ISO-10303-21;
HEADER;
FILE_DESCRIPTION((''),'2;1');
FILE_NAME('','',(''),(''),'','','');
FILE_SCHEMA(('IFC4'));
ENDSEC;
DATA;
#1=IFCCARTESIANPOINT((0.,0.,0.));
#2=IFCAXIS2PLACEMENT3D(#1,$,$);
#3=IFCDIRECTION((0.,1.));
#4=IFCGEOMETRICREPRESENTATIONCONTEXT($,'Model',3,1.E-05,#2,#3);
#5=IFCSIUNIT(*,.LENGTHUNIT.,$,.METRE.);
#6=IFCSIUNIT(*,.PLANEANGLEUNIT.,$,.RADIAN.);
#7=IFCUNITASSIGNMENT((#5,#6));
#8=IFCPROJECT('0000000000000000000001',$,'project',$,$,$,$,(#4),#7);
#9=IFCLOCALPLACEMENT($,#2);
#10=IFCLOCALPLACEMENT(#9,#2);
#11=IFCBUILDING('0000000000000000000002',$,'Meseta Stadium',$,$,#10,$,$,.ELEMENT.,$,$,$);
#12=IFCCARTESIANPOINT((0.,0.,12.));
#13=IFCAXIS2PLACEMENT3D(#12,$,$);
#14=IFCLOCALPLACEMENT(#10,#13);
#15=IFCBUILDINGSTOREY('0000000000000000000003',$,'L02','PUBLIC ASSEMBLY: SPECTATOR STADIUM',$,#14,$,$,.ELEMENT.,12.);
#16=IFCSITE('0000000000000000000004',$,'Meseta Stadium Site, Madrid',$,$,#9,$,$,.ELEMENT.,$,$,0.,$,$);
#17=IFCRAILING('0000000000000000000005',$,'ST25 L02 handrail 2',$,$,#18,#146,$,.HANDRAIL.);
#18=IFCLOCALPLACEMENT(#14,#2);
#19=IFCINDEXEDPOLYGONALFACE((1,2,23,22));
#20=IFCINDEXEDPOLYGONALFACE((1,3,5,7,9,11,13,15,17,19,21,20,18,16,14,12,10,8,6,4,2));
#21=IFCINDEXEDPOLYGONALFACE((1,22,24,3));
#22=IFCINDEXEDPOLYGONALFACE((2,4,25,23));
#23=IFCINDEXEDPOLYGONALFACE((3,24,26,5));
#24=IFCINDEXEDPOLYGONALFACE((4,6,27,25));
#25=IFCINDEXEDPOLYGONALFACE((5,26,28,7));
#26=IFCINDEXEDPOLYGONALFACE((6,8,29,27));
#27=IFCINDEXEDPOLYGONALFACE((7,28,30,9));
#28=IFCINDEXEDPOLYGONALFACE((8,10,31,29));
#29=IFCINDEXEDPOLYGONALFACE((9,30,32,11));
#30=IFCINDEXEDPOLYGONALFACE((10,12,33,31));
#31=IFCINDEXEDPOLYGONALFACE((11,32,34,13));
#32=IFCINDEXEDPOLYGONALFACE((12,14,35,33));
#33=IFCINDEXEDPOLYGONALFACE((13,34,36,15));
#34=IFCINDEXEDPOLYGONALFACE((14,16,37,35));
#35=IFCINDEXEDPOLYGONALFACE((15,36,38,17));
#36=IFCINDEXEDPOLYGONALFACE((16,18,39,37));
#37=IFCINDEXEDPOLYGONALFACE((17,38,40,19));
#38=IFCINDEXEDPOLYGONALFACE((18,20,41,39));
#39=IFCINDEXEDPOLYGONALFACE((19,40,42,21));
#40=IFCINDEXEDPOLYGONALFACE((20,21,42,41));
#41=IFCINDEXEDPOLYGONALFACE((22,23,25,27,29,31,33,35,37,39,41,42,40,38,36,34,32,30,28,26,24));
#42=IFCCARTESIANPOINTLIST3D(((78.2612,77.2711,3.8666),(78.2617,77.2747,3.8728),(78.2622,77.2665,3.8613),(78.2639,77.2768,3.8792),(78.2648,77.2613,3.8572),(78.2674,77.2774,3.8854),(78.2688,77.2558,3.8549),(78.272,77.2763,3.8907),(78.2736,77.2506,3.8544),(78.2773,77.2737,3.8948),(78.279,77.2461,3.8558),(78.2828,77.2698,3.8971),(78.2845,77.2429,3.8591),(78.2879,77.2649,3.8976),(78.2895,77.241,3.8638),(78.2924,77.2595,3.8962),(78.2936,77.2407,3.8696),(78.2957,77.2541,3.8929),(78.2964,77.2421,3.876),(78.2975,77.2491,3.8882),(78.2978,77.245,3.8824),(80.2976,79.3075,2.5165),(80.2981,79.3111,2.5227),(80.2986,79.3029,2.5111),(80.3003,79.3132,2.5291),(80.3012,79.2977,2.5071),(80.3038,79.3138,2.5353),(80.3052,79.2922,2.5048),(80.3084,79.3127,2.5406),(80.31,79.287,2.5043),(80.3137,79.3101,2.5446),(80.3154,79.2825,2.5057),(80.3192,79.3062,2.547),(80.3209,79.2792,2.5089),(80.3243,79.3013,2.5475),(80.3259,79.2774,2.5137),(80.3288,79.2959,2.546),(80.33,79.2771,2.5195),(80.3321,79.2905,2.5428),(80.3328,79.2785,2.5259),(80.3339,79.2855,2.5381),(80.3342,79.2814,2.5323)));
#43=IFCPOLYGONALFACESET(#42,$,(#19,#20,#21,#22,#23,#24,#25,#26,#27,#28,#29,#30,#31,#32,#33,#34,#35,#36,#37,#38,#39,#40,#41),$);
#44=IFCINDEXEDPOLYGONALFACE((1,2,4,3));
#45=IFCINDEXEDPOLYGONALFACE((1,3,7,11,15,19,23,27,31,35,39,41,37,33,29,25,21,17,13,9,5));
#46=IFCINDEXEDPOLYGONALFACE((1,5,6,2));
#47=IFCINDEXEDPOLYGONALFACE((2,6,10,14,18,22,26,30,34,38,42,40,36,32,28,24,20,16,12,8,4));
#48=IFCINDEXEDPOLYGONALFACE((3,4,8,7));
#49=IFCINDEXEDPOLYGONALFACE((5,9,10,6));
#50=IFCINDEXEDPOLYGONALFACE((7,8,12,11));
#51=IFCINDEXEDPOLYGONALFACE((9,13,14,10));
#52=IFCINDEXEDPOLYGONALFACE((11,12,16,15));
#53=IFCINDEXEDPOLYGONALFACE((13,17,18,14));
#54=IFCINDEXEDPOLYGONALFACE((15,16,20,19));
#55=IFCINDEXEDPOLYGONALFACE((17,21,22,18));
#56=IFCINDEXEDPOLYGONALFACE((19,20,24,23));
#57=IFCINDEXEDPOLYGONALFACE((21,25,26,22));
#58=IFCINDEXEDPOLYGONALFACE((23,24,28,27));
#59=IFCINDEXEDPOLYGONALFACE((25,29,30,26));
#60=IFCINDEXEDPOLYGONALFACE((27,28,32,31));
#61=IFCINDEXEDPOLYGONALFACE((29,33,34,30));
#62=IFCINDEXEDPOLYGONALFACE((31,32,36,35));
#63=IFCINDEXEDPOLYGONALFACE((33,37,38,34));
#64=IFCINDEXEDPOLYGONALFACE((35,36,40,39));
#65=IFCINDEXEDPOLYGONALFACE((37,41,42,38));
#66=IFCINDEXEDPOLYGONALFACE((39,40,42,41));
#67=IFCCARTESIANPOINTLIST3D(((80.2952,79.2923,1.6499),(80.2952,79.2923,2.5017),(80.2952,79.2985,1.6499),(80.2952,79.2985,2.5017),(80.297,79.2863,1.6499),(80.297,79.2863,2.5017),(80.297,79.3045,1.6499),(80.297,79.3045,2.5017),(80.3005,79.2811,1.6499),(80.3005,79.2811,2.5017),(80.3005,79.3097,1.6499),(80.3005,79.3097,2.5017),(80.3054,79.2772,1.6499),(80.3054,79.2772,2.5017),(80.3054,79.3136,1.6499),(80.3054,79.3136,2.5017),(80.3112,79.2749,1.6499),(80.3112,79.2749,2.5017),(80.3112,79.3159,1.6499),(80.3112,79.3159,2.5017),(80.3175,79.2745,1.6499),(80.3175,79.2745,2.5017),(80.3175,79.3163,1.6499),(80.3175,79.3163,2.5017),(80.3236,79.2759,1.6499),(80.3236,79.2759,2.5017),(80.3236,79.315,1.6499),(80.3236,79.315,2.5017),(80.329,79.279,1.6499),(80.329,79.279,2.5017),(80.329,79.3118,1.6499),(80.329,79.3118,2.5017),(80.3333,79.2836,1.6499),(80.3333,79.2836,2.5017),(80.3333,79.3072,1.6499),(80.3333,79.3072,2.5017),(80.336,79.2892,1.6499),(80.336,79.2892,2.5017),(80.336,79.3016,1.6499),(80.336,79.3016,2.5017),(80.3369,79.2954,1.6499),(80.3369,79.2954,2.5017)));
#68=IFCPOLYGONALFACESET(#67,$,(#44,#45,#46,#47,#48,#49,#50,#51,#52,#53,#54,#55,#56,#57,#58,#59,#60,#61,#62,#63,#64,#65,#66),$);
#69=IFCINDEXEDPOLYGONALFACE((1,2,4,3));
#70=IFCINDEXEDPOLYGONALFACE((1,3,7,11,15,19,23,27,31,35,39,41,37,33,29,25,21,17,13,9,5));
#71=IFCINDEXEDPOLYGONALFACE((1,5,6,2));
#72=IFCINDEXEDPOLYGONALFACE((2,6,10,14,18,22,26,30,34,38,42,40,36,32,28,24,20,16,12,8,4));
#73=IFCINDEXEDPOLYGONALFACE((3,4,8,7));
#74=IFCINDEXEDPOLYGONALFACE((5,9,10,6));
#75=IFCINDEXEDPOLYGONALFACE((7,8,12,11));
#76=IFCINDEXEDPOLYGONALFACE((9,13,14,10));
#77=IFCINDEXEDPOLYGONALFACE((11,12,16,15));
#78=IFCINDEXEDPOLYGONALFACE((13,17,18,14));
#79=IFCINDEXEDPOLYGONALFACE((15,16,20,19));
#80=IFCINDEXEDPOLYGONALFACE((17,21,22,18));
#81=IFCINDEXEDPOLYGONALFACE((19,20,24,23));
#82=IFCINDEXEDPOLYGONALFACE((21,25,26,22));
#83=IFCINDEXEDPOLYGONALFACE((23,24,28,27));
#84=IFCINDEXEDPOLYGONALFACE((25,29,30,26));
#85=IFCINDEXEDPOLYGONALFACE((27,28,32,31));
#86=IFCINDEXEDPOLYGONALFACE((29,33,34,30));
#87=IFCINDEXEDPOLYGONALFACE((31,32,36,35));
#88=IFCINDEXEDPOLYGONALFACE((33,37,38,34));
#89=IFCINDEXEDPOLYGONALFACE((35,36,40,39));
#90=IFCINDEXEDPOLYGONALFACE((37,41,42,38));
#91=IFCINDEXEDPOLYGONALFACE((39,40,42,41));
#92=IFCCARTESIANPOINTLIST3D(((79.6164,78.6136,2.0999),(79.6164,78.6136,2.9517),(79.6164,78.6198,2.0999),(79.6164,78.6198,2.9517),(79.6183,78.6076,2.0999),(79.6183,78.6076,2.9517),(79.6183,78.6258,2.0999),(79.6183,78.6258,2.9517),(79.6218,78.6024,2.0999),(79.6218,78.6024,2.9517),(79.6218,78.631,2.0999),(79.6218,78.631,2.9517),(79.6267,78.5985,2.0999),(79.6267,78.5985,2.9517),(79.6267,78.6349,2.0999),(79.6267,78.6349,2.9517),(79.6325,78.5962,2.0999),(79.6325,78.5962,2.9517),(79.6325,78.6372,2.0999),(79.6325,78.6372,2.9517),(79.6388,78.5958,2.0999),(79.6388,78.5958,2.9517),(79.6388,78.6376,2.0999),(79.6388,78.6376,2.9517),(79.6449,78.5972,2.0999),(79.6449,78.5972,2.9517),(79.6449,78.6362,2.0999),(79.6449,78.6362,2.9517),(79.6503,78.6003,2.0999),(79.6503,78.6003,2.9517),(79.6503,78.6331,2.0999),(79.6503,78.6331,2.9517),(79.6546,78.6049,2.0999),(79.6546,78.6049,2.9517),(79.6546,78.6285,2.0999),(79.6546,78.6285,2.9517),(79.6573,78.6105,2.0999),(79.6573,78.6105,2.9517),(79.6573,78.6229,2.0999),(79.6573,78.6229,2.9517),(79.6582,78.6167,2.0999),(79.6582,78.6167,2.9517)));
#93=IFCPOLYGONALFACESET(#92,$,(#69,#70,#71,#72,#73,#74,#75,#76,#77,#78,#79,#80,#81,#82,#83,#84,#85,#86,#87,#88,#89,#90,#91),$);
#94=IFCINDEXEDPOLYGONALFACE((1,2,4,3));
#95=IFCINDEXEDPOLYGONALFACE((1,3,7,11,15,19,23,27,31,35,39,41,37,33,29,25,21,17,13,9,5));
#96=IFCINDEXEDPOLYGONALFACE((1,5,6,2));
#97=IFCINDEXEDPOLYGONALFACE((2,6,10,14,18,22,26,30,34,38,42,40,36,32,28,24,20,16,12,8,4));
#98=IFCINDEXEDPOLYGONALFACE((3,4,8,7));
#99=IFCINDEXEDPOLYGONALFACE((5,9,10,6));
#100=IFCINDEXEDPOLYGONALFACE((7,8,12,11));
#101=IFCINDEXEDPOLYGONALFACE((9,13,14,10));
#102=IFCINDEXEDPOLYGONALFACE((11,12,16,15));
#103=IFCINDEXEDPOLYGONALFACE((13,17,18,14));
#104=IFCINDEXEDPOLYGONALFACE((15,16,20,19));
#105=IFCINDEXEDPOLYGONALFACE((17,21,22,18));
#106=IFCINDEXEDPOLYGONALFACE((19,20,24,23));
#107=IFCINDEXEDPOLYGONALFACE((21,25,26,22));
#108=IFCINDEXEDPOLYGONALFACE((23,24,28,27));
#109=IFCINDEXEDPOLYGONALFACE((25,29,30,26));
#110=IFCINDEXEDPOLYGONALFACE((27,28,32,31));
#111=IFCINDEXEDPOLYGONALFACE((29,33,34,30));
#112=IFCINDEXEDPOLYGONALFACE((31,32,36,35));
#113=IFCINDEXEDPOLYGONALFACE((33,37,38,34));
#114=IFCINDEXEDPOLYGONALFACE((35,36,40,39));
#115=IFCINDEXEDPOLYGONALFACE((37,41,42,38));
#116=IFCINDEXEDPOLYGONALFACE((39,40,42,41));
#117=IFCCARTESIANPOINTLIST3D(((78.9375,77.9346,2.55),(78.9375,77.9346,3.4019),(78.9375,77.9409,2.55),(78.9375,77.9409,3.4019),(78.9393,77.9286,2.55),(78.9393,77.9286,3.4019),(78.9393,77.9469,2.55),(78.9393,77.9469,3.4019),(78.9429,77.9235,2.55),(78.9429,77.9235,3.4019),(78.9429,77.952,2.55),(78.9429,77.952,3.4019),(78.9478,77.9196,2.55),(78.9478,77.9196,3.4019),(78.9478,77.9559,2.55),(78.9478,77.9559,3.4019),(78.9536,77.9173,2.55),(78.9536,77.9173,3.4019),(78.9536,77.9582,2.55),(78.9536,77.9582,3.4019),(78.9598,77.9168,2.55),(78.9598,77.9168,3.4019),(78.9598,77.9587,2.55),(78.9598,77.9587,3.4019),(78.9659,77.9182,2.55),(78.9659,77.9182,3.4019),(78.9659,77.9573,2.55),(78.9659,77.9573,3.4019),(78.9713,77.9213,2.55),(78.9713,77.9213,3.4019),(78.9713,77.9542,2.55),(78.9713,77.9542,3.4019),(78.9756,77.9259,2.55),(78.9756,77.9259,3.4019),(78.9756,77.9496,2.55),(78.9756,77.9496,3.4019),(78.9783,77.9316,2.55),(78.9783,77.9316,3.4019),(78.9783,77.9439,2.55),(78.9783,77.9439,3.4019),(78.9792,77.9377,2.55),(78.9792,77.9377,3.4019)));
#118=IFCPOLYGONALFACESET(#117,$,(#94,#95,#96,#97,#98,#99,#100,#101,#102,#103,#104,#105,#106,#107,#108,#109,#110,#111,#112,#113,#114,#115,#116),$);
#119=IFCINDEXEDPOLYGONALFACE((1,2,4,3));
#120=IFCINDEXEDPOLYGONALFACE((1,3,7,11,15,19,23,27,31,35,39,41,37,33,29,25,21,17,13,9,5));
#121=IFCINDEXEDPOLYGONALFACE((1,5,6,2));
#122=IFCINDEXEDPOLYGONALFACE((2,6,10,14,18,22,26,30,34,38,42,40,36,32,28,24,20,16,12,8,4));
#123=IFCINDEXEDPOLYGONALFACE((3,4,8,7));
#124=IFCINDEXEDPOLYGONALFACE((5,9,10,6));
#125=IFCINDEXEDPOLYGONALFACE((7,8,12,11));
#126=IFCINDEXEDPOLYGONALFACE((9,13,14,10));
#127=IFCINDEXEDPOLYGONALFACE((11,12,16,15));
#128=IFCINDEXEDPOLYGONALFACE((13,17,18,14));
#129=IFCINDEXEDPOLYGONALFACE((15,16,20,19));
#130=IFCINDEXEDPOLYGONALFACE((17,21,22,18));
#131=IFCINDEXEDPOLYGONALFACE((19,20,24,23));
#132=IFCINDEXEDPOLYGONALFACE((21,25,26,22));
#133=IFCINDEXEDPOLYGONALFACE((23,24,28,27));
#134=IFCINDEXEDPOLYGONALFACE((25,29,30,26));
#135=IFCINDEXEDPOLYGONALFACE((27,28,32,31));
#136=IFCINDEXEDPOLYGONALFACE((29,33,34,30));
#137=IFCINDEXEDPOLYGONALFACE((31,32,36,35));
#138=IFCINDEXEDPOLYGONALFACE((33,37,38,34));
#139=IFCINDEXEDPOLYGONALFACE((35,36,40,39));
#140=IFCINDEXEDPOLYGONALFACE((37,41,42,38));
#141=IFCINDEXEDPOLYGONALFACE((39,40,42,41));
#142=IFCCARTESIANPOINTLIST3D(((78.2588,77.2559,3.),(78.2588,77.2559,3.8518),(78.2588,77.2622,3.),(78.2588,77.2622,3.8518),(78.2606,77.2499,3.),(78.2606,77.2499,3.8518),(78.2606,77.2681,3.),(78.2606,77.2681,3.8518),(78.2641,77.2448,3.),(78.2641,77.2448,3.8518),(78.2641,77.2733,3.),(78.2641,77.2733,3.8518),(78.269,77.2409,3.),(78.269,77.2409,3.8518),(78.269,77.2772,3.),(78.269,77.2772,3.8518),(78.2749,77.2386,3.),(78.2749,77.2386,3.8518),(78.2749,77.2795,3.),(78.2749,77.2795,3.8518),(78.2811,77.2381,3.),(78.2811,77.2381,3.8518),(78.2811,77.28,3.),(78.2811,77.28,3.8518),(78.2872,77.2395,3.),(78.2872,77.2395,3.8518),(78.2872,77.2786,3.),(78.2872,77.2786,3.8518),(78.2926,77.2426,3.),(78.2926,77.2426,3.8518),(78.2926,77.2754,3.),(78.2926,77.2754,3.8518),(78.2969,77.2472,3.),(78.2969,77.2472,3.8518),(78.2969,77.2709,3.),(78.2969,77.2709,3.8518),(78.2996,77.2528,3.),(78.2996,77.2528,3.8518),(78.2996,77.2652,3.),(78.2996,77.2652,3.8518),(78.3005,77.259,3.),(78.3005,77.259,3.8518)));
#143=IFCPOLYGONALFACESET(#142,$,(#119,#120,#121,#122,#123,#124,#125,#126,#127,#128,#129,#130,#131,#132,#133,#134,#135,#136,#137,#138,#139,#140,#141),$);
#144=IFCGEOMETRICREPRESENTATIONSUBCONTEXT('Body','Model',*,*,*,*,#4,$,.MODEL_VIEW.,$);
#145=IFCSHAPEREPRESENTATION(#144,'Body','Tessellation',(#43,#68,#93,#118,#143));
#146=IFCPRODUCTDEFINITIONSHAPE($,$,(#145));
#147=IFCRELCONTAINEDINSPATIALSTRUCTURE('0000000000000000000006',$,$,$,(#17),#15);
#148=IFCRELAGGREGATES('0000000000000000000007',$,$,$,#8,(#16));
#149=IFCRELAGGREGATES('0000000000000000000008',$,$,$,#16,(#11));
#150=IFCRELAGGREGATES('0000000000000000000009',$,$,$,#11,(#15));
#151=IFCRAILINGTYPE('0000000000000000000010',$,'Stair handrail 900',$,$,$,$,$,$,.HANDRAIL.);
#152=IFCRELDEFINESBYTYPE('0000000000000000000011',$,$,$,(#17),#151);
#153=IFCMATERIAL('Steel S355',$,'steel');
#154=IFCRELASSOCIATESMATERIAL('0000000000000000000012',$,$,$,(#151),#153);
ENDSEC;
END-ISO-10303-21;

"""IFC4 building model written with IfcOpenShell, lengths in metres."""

from ifc_helpers import new_model, si_unit, direction, frame, origin, origin_2d, place, context, subcontext, project, spatial, circle, extrude, material, type_object, element, save


model = new_model("IFC4")

# Units and contexts
model_context = context("Model", 3, precision=1e-05, world=origin(), true_north=direction((0.0, 1.0)))
body_context = subcontext(model_context, "Body", "Model", "MODEL_VIEW")
ifc_project = project(units=[si_unit("LENGTHUNIT", "METRE"), si_unit("PLANEANGLEUNIT", "RADIAN")], contexts=[model_context])

# Site, building, storey
site_placement = place(None, origin())
site = spatial("IfcSite", under=ifc_project, at=site_placement, Name="Meseta Stadium Site, Madrid", CompositionType="ELEMENT", RefElevation=0.0)
building_placement = place(site_placement, origin())
building = spatial("IfcBuilding", under=site, at=building_placement, Name="Meseta Stadium", CompositionType="ELEMENT")
storey_placement = place(building_placement, frame((0.0, 0.0, 12.0)))
storey = spatial("IfcBuildingStorey", under=building, at=storey_placement, Name="L02", Description="PUBLIC ASSEMBLY: SPECTATOR STADIUM", CompositionType="ELEMENT", Elevation=12.0)

# Railing
ifc_material_1 = material(Name="Steel S355", Category="steel")
railing_type_1 = type_object("IfcRailingType", Name="Stair handrail 900", PredefinedType="HANDRAIL", material=ifc_material_1)
railing_1_placement = place(storey_placement, frame((80.3159, 79.2954, 1.6499)))
element("IfcRailing", 1, at=railing_1_placement, inside=storey, type_object=railing_type_1, Name="ST25 L02 handrail 2", PredefinedType="HANDRAIL", context=body_context, shape_type="SweptSolid", body=[
    extrude(circle(Radius=0.0239, at=origin_2d()), frame((0.0, 0.0, 0.876), z_axis=(-0.640243, -0.640243, 0.424475), x_axis=(0.707107, -0.707107, 0.0)), (0.0, 0.0, 1.0), 3.1807),
    extrude(circle(Radius=0.021, at=origin_2d()), origin(), (0.0, 0.0, 1.0), 0.8518),
    extrude(circle(Radius=0.021, at=origin_2d()), frame((-0.6787, -0.6787, 0.45)), (0.0, 0.0, 1.0), 0.8518),
    extrude(circle(Radius=0.021, at=origin_2d()), frame((-1.3577, -1.3577, 0.9001)), (0.0, 0.0, 1.0), 0.8518),
    extrude(circle(Radius=0.021, at=origin_2d()), frame((-2.0364, -2.0364, 1.3501)), (0.0, 0.0, 1.0), 0.8518),
])

save(model, "model.ifc")
